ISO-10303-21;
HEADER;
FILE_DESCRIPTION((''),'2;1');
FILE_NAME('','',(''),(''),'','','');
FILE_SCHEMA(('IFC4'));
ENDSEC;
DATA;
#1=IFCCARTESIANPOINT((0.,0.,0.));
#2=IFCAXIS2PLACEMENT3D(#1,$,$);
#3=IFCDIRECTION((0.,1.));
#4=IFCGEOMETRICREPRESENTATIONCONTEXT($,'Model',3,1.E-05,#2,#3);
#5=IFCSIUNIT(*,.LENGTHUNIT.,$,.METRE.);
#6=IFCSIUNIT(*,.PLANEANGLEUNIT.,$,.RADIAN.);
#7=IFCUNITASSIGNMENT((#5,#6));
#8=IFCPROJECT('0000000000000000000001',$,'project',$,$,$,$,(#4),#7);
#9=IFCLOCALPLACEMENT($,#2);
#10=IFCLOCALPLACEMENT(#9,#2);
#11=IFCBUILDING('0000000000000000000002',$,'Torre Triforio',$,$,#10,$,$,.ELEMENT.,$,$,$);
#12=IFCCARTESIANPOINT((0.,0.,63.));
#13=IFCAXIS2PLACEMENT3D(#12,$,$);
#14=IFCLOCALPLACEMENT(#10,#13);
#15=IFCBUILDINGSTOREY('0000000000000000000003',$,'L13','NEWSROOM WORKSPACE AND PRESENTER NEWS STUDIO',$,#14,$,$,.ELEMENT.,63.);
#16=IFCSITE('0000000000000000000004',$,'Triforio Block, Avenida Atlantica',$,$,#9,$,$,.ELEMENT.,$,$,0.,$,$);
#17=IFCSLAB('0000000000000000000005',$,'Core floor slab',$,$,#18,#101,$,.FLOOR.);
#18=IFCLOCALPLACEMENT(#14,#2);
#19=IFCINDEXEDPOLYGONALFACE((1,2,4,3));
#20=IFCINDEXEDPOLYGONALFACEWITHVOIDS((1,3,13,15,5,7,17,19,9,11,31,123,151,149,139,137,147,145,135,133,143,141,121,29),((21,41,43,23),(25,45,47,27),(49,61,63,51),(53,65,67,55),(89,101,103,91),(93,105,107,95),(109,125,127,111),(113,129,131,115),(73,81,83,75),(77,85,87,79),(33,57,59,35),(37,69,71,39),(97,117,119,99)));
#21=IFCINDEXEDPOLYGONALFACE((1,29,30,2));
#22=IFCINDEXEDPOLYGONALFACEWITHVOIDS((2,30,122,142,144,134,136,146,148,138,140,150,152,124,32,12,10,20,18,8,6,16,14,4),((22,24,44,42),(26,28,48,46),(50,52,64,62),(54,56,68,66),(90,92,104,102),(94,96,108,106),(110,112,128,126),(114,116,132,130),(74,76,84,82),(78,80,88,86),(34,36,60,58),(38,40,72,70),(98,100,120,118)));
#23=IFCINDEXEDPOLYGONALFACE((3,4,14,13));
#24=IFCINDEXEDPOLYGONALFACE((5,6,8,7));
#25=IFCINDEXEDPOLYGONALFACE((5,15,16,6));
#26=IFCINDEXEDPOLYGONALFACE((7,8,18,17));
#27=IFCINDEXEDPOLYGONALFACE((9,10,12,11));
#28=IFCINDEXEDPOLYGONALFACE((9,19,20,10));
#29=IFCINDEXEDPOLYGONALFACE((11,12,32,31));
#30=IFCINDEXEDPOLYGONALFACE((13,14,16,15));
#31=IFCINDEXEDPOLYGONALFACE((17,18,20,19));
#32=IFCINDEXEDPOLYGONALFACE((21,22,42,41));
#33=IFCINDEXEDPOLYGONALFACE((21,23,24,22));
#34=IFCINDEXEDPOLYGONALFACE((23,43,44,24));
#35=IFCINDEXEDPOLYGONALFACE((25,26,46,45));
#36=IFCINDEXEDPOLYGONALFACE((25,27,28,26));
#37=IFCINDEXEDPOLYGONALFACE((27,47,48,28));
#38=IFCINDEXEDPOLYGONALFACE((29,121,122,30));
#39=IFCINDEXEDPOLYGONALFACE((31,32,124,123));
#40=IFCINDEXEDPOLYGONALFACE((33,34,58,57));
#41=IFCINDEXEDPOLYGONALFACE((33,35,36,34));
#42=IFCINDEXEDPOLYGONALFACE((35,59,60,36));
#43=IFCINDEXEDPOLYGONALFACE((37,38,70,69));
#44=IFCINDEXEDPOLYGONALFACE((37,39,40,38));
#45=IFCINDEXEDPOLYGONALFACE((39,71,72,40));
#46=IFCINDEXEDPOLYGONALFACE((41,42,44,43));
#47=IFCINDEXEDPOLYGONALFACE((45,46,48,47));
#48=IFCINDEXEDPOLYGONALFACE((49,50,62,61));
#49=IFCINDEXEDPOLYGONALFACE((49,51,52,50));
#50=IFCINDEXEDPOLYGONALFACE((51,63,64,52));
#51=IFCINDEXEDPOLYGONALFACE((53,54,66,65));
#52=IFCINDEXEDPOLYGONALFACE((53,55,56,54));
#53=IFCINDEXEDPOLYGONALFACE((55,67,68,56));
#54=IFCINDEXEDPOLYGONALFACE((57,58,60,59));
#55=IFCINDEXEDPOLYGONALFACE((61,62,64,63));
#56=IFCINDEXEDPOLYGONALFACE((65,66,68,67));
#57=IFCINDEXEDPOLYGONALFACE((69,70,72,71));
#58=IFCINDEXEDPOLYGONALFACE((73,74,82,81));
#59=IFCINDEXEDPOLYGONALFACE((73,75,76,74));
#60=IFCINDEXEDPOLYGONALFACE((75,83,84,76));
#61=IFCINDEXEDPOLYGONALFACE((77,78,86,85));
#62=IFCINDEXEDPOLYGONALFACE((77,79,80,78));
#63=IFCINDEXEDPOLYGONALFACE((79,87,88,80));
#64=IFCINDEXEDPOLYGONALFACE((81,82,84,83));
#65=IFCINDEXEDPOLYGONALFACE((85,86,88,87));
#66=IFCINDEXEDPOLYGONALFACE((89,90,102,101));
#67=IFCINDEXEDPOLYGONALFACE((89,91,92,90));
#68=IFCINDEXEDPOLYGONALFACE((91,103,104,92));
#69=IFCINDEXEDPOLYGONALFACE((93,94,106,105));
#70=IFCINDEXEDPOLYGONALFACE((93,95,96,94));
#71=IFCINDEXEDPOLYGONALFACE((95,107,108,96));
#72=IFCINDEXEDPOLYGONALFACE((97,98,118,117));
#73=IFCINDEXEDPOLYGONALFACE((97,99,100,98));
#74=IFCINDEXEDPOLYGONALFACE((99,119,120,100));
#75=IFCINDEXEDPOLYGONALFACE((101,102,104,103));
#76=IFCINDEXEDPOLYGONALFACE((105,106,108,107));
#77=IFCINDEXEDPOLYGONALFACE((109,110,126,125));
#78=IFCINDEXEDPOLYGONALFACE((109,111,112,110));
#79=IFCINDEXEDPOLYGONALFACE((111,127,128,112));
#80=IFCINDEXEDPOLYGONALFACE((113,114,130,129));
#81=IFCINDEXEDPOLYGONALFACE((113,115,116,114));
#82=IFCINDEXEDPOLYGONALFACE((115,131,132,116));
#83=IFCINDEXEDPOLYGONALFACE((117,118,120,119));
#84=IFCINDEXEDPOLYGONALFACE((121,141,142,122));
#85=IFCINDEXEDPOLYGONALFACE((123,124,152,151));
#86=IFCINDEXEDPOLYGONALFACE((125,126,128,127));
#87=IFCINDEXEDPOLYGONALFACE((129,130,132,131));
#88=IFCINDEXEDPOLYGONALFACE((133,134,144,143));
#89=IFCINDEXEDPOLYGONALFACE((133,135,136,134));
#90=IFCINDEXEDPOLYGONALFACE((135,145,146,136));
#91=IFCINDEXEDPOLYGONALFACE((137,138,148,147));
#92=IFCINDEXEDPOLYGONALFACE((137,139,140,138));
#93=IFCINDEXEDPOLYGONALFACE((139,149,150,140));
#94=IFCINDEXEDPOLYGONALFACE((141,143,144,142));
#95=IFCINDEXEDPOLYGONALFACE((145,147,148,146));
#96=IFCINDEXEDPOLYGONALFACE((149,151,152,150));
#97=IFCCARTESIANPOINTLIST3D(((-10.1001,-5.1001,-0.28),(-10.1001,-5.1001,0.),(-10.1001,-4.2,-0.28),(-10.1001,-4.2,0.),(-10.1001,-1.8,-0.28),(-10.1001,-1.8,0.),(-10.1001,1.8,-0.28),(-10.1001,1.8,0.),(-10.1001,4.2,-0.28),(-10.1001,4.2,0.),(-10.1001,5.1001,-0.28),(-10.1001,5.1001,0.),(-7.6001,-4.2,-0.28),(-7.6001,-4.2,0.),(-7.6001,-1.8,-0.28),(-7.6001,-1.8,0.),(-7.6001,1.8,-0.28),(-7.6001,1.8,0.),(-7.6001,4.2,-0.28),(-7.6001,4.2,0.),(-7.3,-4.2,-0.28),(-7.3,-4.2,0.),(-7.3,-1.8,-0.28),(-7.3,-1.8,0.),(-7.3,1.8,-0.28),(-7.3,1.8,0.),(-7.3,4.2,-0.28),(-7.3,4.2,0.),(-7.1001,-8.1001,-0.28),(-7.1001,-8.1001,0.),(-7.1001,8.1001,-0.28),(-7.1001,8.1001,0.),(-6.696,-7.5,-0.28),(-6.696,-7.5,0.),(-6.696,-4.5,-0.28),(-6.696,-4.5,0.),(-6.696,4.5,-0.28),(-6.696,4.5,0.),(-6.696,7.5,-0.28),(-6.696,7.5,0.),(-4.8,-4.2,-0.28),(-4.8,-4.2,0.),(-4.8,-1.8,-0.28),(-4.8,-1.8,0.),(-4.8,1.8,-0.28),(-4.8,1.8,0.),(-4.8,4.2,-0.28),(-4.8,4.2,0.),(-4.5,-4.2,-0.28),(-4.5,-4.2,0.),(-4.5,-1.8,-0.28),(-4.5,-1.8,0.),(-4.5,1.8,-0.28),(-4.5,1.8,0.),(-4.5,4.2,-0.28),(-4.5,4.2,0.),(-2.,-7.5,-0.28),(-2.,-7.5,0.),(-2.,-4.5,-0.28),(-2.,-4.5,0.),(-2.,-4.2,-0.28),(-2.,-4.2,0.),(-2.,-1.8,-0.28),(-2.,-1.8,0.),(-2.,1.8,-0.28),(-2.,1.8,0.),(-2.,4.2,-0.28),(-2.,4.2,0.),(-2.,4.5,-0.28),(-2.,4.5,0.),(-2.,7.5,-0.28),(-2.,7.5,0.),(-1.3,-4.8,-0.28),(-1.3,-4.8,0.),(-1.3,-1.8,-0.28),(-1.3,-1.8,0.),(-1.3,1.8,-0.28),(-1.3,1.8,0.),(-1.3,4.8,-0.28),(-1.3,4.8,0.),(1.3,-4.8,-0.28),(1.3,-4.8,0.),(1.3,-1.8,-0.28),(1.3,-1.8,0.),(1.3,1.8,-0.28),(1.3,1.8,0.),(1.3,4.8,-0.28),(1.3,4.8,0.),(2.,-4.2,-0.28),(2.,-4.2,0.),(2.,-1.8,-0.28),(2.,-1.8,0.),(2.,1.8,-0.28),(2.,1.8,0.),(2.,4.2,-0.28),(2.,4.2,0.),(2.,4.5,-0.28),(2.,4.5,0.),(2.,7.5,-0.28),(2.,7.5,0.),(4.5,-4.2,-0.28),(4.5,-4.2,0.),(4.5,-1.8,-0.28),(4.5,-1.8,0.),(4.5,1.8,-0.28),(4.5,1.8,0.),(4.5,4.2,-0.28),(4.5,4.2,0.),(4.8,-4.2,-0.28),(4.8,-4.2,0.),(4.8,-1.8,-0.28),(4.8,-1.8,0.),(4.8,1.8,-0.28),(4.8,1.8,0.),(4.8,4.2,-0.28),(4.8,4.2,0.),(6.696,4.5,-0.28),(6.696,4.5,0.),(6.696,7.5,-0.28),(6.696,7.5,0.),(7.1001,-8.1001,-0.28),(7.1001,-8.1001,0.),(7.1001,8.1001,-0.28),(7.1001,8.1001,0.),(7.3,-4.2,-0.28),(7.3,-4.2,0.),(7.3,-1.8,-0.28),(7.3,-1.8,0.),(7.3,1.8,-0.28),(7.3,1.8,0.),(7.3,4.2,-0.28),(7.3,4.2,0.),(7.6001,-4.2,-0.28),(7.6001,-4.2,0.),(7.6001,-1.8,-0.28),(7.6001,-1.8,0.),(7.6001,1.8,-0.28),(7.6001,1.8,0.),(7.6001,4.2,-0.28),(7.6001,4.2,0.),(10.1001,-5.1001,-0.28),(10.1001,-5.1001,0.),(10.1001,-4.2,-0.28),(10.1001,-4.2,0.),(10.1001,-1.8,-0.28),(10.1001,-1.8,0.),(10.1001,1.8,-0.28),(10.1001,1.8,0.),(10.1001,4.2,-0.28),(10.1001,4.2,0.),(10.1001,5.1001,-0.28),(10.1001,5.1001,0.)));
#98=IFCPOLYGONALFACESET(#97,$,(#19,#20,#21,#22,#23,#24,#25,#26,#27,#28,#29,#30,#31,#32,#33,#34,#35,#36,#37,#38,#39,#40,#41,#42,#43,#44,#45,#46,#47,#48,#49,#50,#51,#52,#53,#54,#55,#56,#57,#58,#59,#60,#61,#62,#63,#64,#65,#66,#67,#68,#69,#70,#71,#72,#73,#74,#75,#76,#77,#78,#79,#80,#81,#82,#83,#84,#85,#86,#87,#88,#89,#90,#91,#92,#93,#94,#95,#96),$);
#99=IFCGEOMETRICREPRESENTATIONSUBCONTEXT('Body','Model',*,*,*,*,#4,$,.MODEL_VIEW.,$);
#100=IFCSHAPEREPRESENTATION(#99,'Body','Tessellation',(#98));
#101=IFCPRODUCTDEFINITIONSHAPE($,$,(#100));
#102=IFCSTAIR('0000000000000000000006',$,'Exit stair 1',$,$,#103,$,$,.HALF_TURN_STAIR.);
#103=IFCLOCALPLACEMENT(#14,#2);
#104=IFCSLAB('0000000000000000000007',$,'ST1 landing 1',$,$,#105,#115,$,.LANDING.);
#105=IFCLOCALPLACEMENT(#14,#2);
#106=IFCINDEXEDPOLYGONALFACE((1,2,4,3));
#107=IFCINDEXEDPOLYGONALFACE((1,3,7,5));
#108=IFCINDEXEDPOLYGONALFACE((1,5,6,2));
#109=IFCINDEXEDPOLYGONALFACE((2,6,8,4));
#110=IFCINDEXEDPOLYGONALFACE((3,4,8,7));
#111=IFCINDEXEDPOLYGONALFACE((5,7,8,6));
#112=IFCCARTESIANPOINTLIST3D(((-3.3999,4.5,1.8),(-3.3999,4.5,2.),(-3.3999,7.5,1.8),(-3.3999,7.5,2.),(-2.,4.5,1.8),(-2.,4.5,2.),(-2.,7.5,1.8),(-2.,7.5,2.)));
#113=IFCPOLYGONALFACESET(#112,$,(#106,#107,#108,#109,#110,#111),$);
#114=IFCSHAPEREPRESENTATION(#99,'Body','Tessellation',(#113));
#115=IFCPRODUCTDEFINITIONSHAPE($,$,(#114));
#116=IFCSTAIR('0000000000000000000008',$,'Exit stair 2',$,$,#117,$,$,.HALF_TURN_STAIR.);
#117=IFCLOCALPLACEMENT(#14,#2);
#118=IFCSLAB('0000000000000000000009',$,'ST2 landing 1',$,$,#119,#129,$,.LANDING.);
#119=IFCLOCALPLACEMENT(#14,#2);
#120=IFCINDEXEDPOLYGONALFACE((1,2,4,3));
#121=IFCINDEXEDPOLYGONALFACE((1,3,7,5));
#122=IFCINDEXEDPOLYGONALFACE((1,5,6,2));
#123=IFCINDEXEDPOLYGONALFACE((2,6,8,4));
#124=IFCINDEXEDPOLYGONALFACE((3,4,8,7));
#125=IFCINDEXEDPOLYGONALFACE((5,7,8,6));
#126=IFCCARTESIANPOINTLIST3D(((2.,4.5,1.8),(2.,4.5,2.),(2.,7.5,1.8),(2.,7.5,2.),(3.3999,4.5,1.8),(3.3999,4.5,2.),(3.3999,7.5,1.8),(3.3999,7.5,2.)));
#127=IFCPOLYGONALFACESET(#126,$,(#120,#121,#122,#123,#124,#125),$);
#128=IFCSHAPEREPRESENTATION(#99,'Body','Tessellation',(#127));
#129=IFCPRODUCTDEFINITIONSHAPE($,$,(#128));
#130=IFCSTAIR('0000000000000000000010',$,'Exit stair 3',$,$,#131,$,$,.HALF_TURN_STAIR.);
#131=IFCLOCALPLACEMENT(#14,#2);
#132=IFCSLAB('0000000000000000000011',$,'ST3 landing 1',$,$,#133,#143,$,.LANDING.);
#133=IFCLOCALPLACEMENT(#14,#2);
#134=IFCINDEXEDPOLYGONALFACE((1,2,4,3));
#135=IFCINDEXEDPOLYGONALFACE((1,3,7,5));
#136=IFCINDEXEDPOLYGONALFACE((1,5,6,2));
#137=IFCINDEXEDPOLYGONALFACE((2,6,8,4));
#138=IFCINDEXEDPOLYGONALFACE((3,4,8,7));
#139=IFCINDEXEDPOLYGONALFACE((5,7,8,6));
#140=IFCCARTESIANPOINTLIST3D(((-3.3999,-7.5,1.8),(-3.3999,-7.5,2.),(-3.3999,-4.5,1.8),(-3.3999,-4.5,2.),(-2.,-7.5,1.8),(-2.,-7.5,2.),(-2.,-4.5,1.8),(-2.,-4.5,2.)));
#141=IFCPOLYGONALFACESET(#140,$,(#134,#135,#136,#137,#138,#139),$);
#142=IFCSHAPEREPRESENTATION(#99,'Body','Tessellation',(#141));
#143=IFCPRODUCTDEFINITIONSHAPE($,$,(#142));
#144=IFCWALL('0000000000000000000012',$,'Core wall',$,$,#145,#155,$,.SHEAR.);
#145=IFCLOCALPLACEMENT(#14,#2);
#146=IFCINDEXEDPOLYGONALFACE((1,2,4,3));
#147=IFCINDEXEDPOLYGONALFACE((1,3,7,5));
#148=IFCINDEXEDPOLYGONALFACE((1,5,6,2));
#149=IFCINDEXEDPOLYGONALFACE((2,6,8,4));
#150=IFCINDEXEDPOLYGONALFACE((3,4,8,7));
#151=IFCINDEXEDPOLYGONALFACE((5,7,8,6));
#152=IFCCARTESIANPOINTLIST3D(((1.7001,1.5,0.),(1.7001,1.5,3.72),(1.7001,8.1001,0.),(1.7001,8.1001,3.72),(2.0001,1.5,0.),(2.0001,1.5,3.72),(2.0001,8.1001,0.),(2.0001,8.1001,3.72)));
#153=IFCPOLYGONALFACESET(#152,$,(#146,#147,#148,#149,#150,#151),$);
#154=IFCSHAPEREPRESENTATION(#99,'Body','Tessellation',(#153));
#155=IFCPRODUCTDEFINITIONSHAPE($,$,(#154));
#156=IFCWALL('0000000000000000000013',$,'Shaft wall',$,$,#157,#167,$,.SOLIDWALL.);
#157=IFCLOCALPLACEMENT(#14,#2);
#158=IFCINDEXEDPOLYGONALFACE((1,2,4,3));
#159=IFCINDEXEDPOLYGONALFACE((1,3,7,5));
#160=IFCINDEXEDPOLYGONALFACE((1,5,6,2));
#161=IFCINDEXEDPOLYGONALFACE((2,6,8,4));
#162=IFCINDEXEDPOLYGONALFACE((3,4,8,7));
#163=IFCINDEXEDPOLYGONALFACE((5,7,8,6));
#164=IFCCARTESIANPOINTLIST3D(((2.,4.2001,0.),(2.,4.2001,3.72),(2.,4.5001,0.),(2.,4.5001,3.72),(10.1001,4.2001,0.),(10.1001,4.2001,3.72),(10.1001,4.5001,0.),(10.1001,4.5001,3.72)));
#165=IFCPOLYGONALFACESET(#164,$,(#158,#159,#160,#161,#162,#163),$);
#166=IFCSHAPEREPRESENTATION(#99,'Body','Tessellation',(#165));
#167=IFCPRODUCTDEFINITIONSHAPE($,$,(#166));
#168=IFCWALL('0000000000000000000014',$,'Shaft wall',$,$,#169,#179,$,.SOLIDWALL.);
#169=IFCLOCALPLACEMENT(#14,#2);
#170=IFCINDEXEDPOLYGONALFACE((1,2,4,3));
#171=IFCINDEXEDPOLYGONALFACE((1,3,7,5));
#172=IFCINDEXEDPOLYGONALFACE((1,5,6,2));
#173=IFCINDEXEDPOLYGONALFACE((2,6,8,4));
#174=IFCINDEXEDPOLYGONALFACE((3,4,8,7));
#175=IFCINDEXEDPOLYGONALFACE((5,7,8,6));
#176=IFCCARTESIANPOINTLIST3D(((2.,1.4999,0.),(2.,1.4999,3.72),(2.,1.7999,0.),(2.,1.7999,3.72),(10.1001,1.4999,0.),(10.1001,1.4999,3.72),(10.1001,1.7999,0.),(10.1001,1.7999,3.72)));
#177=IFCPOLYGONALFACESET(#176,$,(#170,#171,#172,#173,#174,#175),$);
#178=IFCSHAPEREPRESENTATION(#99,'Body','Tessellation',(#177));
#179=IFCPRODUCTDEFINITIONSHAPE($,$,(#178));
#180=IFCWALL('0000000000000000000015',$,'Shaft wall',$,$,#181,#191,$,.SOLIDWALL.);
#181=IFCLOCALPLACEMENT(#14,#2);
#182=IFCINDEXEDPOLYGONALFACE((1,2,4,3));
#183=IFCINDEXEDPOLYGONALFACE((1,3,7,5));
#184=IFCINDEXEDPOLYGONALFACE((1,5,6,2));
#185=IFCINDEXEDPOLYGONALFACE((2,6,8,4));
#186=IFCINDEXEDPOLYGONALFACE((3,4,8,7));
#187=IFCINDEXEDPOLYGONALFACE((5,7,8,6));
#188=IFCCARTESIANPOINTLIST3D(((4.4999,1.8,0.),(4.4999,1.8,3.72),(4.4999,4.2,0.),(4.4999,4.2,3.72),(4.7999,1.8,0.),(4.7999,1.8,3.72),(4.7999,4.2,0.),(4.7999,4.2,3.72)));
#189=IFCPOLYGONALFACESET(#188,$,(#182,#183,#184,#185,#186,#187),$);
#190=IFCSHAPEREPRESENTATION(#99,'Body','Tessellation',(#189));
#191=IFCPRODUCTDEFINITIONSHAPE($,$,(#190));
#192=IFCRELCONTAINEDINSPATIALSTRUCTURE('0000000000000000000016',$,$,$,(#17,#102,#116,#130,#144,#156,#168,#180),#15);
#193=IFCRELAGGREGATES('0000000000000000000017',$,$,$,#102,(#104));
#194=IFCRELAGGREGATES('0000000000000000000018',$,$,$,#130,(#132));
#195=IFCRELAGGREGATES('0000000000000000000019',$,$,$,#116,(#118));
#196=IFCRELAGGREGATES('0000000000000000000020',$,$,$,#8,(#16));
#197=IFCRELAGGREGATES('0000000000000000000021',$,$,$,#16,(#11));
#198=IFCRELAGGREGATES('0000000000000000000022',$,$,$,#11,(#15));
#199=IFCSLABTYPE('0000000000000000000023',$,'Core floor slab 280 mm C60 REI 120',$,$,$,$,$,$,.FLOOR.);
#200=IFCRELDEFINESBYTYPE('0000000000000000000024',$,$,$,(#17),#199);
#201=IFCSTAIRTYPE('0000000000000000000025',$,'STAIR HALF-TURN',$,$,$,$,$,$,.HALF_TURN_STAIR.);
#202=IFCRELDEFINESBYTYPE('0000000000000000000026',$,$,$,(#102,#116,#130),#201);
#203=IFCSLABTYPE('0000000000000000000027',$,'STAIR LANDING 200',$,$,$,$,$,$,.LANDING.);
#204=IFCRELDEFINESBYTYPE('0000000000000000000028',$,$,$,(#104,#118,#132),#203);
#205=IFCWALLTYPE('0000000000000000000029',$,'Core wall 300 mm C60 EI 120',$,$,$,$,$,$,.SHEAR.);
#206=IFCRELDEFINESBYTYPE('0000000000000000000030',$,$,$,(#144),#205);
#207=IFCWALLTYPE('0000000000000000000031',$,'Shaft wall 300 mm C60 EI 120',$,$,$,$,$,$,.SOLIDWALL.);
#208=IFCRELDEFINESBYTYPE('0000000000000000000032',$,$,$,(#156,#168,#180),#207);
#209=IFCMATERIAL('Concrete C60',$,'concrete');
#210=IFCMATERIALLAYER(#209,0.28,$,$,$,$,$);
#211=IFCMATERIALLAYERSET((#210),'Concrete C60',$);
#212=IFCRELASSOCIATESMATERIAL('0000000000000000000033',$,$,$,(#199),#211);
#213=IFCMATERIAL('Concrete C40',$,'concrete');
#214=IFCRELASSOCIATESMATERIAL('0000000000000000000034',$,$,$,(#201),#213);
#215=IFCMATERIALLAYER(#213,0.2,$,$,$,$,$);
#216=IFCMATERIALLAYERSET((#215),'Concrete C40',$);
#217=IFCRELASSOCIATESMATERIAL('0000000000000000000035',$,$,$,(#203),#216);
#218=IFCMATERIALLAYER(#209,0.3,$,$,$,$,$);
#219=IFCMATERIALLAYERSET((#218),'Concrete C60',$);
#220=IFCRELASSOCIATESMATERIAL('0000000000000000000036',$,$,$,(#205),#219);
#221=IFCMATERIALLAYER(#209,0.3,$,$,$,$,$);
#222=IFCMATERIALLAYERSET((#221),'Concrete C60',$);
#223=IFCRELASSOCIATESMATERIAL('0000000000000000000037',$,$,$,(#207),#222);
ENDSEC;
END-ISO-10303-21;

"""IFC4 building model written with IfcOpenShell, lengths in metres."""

from ifc_helpers import new_model, si_unit, direction, frame, frame_2d, origin, place, context, subcontext, project, spatial, polyline, rectangle, outline, extrude, material, layer, layer_set, type_object, element, aggregate, save


model = new_model("IFC4")

# Units and contexts
model_context = context("Model", 3, precision=1e-05, world=origin(), true_north=direction((0.0, 1.0)))
body_context = subcontext(model_context, "Body", "Model", "MODEL_VIEW")
ifc_project = project(units=[si_unit("LENGTHUNIT", "METRE"), si_unit("PLANEANGLEUNIT", "RADIAN")], contexts=[model_context])

# Site, building, storey
site_placement = place(None, origin())
site = spatial("IfcSite", under=ifc_project, at=site_placement, Name="Triforio Block, Avenida Atlantica", CompositionType="ELEMENT", RefElevation=0.0)
building_placement = place(site_placement, origin())
building = spatial("IfcBuilding", under=site, at=building_placement, Name="Torre Triforio", CompositionType="ELEMENT")
storey_placement = place(building_placement, frame((0.0, 0.0, 63.0)))
storey = spatial("IfcBuildingStorey", under=building, at=storey_placement, Name="L13", Description="NEWSROOM WORKSPACE AND PRESENTER NEWS STUDIO", CompositionType="ELEMENT", Elevation=63.0)

# Slab
ifc_material_1 = material(Name="Concrete C60", Category="concrete")
ifc_layer_1 = layer(ifc_material_1, 0.28)
ifc_layer_set_1 = layer_set([ifc_layer_1], Name="Concrete C60")
slab_type_1 = type_object("IfcSlabType", Name="Core floor slab 280 mm C60 REI 120", PredefinedType="FLOOR", material=ifc_layer_set_1)
slab_1_placement = place(storey_placement, frame((0.0, 0.0, -0.28)))
element("IfcSlab", 1, at=slab_1_placement, inside=storey, type_object=slab_type_1, Name="Core floor slab", PredefinedType="FLOOR", context=body_context, shape_type="SweptSolid", body=[
    extrude(outline(polyline([(10.1001, -5.1001), (7.1001, -8.1001), (-7.1001, -8.1001), (-10.1001, -5.1001), (-10.1001, -4.2), (-7.6001, -4.2), (-7.6001, -1.8), (-10.1001, -1.8), (-10.1001, 1.8), (-7.6001, 1.8), (-7.6001, 4.2), (-10.1001, 4.2), (-10.1001, 5.1001), (-7.1001, 8.1001), (7.1001, 8.1001), (10.1001, 5.1001), (10.1001, 4.2), (7.6001, 4.2), (7.6001, 1.8), (10.1001, 1.8), (10.1001, -1.8), (7.6001, -1.8), (7.6001, -4.2), (10.1001, -4.2), (10.1001, -5.1001)]), holes=[polyline([(-2.0, -4.5), (-6.696, -4.5), (-6.696, -7.5), (-2.0, -7.5), (-2.0, -4.5)]), polyline([(-4.8, -1.8), (-7.3, -1.8), (-7.3, -4.2), (-4.8, -4.2), (-4.8, -1.8)]), polyline([(-2.0, -1.8), (-4.5, -1.8), (-4.5, -4.2), (-2.0, -4.2), (-2.0, -1.8)]), polyline([(-4.8, 4.2), (-7.3, 4.2), (-7.3, 1.8), (-4.8, 1.8), (-4.8, 4.2)]), polyline([(-2.0, 4.2), (-4.5, 4.2), (-4.5, 1.8), (-2.0, 1.8), (-2.0, 4.2)]), polyline([(1.3, 4.8), (-1.3, 4.8), (-1.3, 1.8), (1.3, 1.8), (1.3, 4.8)]), polyline([(-2.0, 7.5), (-6.696, 7.5), (-6.696, 4.5), (-2.0, 4.5), (-2.0, 7.5)]), polyline([(1.3, -1.8), (-1.3, -1.8), (-1.3, -4.8), (1.3, -4.8), (1.3, -1.8)]), polyline([(4.5, -1.8), (2.0, -1.8), (2.0, -4.2), (4.5, -4.2), (4.5, -1.8)]), polyline([(7.3, -1.8), (4.8, -1.8), (4.8, -4.2), (7.3, -4.2), (7.3, -1.8)]), polyline([(4.5, 4.2), (2.0, 4.2), (2.0, 1.8), (4.5, 1.8), (4.5, 4.2)]), polyline([(7.3, 4.2), (4.8, 4.2), (4.8, 1.8), (7.3, 1.8), (7.3, 4.2)]), polyline([(6.696, 4.5), (6.696, 7.5), (2.0, 7.5), (2.0, 4.5), (6.696, 4.5)])]), origin(), (0.0, 0.0, 1.0), 0.28),
])

# Stairs, slabs
ifc_material_2 = material(Name="Concrete C40", Category="concrete")
stair_type = type_object("IfcStairType", Name="STAIR HALF-TURN", PredefinedType="HALF_TURN_STAIR", material=ifc_material_2)
stair_1_placement = place(storey_placement, origin())
stair_1 = element("IfcStair", 2, at=stair_1_placement, inside=storey, type_object=stair_type, Name="Exit stair 1", PredefinedType="HALF_TURN_STAIR")
ifc_layer_2 = layer(ifc_material_2, 0.2)
ifc_layer_set_2 = layer_set([ifc_layer_2], Name="Concrete C40")
slab_type_2 = type_object("IfcSlabType", Name="STAIR LANDING 200", PredefinedType="LANDING", material=ifc_layer_set_2)
slab_2_placement = place(storey_placement, frame((0.0, 0.0, 1.8)))
slab_2 = element("IfcSlab", 3, at=slab_2_placement, type_object=slab_type_2, Name="ST1 landing 1", PredefinedType="LANDING", context=body_context, shape_type="SweptSolid", body=[
    extrude(outline(polyline([(-2.0, 4.5), (-2.0, 7.5), (-3.3999, 7.5), (-3.3999, 4.5), (-2.0, 4.5)])), origin(), (0.0, 0.0, 1.0), 0.2),
])
aggregate(stair_1, [slab_2])
stair_2_placement = place(storey_placement, origin())
stair_2 = element("IfcStair", 4, at=stair_2_placement, inside=storey, type_object=stair_type, Name="Exit stair 2", PredefinedType="HALF_TURN_STAIR")
slab_3_placement = place(storey_placement, frame((0.0, 0.0, 1.8)))
slab_3 = element("IfcSlab", 5, at=slab_3_placement, type_object=slab_type_2, Name="ST2 landing 1", PredefinedType="LANDING", context=body_context, shape_type="SweptSolid", body=[
    extrude(outline(polyline([(3.3999, 4.5), (3.3999, 7.5), (2.0, 7.5), (2.0, 4.5), (3.3999, 4.5)])), origin(), (0.0, 0.0, 1.0), 0.2),
])
stair_3_placement = place(storey_placement, origin())
stair_3 = element("IfcStair", 6, at=stair_3_placement, inside=storey, type_object=stair_type, Name="Exit stair 3", PredefinedType="HALF_TURN_STAIR")
slab_4_placement = place(storey_placement, frame((0.0, 0.0, 1.8)))
slab_4 = element("IfcSlab", 7, at=slab_4_placement, type_object=slab_type_2, Name="ST3 landing 1", PredefinedType="LANDING", context=body_context, shape_type="SweptSolid", body=[
    extrude(outline(polyline([(-2.0, -7.5), (-2.0, -4.5), (-3.3999, -4.5), (-3.3999, -7.5), (-2.0, -7.5)])), origin(), (0.0, 0.0, 1.0), 0.2),
])
aggregate(stair_3, [slab_4])

# Walls
ifc_layer_3 = layer(ifc_material_1, 0.3)
ifc_layer_set_3 = layer_set([ifc_layer_3], Name="Concrete C60")
wall_type_1 = type_object("IfcWallType", Name="Core wall 300 mm C60 EI 120", PredefinedType="SHEAR", material=ifc_layer_set_3)
wall_1_placement = place(storey_placement, frame((1.8501, 1.5, 0.0), z_axis=(0.0, 0.0, 1.0), x_axis=(0.0, 1.0, 0.0)))
element("IfcWall", 8, at=wall_1_placement, inside=storey, type_object=wall_type_1, Name="Core wall", PredefinedType="SHEAR", context=body_context, shape_type="SweptSolid", body=[
    extrude(rectangle(XDim=6.6001, YDim=0.3, at=frame_2d((3.3, 0.0))), origin(), (0.0, 0.0, 1.0), 3.72),
])
ifc_layer_4 = layer(ifc_material_1, 0.3)
ifc_layer_set_4 = layer_set([ifc_layer_4], Name="Concrete C60")
wall_type_2 = type_object("IfcWallType", Name="Shaft wall 300 mm C60 EI 120", PredefinedType="SOLIDWALL", material=ifc_layer_set_4)
for number, where, z_axis, x_axis, name in (
    (9, (2.0, 4.3501, 0.0), (0.0, 0.0, 1.0), (1.0, 0.0, 0.0), "Shaft wall"),
    (10, (2.0, 1.6499, 0.0), (0.0, 0.0, 1.0), (1.0, 0.0, 0.0), "Shaft wall"),
):
    element("IfcWall", number, at=place(storey_placement, frame(where, z_axis=z_axis, x_axis=x_axis)), inside=storey, type_object=wall_type_2, Name=name, PredefinedType="SOLIDWALL", context=body_context, shape_type="SweptSolid", body=[
        extrude(rectangle(XDim=8.1001, YDim=0.3, at=frame_2d((4.05, 0.0))), origin(), (0.0, 0.0, 1.0), 3.72),
    ])
for number, where, z_axis, x_axis, name in (
    (11, (4.6499, 1.8, 0.0), (0.0, 0.0, 1.0), (0.0, 1.0, 0.0), "Shaft wall"),
):
    element("IfcWall", number, at=place(storey_placement, frame(where, z_axis=z_axis, x_axis=x_axis)), inside=storey, type_object=wall_type_2, Name=name, PredefinedType="SOLIDWALL", context=body_context, shape_type="SweptSolid", body=[
        extrude(rectangle(XDim=2.3999, YDim=0.3, at=frame_2d((1.2, 0.0))), origin(), (0.0, 0.0, 1.0), 3.72),
    ])

aggregate(stair_2, [slab_3])

save(model, "model.ifc")
